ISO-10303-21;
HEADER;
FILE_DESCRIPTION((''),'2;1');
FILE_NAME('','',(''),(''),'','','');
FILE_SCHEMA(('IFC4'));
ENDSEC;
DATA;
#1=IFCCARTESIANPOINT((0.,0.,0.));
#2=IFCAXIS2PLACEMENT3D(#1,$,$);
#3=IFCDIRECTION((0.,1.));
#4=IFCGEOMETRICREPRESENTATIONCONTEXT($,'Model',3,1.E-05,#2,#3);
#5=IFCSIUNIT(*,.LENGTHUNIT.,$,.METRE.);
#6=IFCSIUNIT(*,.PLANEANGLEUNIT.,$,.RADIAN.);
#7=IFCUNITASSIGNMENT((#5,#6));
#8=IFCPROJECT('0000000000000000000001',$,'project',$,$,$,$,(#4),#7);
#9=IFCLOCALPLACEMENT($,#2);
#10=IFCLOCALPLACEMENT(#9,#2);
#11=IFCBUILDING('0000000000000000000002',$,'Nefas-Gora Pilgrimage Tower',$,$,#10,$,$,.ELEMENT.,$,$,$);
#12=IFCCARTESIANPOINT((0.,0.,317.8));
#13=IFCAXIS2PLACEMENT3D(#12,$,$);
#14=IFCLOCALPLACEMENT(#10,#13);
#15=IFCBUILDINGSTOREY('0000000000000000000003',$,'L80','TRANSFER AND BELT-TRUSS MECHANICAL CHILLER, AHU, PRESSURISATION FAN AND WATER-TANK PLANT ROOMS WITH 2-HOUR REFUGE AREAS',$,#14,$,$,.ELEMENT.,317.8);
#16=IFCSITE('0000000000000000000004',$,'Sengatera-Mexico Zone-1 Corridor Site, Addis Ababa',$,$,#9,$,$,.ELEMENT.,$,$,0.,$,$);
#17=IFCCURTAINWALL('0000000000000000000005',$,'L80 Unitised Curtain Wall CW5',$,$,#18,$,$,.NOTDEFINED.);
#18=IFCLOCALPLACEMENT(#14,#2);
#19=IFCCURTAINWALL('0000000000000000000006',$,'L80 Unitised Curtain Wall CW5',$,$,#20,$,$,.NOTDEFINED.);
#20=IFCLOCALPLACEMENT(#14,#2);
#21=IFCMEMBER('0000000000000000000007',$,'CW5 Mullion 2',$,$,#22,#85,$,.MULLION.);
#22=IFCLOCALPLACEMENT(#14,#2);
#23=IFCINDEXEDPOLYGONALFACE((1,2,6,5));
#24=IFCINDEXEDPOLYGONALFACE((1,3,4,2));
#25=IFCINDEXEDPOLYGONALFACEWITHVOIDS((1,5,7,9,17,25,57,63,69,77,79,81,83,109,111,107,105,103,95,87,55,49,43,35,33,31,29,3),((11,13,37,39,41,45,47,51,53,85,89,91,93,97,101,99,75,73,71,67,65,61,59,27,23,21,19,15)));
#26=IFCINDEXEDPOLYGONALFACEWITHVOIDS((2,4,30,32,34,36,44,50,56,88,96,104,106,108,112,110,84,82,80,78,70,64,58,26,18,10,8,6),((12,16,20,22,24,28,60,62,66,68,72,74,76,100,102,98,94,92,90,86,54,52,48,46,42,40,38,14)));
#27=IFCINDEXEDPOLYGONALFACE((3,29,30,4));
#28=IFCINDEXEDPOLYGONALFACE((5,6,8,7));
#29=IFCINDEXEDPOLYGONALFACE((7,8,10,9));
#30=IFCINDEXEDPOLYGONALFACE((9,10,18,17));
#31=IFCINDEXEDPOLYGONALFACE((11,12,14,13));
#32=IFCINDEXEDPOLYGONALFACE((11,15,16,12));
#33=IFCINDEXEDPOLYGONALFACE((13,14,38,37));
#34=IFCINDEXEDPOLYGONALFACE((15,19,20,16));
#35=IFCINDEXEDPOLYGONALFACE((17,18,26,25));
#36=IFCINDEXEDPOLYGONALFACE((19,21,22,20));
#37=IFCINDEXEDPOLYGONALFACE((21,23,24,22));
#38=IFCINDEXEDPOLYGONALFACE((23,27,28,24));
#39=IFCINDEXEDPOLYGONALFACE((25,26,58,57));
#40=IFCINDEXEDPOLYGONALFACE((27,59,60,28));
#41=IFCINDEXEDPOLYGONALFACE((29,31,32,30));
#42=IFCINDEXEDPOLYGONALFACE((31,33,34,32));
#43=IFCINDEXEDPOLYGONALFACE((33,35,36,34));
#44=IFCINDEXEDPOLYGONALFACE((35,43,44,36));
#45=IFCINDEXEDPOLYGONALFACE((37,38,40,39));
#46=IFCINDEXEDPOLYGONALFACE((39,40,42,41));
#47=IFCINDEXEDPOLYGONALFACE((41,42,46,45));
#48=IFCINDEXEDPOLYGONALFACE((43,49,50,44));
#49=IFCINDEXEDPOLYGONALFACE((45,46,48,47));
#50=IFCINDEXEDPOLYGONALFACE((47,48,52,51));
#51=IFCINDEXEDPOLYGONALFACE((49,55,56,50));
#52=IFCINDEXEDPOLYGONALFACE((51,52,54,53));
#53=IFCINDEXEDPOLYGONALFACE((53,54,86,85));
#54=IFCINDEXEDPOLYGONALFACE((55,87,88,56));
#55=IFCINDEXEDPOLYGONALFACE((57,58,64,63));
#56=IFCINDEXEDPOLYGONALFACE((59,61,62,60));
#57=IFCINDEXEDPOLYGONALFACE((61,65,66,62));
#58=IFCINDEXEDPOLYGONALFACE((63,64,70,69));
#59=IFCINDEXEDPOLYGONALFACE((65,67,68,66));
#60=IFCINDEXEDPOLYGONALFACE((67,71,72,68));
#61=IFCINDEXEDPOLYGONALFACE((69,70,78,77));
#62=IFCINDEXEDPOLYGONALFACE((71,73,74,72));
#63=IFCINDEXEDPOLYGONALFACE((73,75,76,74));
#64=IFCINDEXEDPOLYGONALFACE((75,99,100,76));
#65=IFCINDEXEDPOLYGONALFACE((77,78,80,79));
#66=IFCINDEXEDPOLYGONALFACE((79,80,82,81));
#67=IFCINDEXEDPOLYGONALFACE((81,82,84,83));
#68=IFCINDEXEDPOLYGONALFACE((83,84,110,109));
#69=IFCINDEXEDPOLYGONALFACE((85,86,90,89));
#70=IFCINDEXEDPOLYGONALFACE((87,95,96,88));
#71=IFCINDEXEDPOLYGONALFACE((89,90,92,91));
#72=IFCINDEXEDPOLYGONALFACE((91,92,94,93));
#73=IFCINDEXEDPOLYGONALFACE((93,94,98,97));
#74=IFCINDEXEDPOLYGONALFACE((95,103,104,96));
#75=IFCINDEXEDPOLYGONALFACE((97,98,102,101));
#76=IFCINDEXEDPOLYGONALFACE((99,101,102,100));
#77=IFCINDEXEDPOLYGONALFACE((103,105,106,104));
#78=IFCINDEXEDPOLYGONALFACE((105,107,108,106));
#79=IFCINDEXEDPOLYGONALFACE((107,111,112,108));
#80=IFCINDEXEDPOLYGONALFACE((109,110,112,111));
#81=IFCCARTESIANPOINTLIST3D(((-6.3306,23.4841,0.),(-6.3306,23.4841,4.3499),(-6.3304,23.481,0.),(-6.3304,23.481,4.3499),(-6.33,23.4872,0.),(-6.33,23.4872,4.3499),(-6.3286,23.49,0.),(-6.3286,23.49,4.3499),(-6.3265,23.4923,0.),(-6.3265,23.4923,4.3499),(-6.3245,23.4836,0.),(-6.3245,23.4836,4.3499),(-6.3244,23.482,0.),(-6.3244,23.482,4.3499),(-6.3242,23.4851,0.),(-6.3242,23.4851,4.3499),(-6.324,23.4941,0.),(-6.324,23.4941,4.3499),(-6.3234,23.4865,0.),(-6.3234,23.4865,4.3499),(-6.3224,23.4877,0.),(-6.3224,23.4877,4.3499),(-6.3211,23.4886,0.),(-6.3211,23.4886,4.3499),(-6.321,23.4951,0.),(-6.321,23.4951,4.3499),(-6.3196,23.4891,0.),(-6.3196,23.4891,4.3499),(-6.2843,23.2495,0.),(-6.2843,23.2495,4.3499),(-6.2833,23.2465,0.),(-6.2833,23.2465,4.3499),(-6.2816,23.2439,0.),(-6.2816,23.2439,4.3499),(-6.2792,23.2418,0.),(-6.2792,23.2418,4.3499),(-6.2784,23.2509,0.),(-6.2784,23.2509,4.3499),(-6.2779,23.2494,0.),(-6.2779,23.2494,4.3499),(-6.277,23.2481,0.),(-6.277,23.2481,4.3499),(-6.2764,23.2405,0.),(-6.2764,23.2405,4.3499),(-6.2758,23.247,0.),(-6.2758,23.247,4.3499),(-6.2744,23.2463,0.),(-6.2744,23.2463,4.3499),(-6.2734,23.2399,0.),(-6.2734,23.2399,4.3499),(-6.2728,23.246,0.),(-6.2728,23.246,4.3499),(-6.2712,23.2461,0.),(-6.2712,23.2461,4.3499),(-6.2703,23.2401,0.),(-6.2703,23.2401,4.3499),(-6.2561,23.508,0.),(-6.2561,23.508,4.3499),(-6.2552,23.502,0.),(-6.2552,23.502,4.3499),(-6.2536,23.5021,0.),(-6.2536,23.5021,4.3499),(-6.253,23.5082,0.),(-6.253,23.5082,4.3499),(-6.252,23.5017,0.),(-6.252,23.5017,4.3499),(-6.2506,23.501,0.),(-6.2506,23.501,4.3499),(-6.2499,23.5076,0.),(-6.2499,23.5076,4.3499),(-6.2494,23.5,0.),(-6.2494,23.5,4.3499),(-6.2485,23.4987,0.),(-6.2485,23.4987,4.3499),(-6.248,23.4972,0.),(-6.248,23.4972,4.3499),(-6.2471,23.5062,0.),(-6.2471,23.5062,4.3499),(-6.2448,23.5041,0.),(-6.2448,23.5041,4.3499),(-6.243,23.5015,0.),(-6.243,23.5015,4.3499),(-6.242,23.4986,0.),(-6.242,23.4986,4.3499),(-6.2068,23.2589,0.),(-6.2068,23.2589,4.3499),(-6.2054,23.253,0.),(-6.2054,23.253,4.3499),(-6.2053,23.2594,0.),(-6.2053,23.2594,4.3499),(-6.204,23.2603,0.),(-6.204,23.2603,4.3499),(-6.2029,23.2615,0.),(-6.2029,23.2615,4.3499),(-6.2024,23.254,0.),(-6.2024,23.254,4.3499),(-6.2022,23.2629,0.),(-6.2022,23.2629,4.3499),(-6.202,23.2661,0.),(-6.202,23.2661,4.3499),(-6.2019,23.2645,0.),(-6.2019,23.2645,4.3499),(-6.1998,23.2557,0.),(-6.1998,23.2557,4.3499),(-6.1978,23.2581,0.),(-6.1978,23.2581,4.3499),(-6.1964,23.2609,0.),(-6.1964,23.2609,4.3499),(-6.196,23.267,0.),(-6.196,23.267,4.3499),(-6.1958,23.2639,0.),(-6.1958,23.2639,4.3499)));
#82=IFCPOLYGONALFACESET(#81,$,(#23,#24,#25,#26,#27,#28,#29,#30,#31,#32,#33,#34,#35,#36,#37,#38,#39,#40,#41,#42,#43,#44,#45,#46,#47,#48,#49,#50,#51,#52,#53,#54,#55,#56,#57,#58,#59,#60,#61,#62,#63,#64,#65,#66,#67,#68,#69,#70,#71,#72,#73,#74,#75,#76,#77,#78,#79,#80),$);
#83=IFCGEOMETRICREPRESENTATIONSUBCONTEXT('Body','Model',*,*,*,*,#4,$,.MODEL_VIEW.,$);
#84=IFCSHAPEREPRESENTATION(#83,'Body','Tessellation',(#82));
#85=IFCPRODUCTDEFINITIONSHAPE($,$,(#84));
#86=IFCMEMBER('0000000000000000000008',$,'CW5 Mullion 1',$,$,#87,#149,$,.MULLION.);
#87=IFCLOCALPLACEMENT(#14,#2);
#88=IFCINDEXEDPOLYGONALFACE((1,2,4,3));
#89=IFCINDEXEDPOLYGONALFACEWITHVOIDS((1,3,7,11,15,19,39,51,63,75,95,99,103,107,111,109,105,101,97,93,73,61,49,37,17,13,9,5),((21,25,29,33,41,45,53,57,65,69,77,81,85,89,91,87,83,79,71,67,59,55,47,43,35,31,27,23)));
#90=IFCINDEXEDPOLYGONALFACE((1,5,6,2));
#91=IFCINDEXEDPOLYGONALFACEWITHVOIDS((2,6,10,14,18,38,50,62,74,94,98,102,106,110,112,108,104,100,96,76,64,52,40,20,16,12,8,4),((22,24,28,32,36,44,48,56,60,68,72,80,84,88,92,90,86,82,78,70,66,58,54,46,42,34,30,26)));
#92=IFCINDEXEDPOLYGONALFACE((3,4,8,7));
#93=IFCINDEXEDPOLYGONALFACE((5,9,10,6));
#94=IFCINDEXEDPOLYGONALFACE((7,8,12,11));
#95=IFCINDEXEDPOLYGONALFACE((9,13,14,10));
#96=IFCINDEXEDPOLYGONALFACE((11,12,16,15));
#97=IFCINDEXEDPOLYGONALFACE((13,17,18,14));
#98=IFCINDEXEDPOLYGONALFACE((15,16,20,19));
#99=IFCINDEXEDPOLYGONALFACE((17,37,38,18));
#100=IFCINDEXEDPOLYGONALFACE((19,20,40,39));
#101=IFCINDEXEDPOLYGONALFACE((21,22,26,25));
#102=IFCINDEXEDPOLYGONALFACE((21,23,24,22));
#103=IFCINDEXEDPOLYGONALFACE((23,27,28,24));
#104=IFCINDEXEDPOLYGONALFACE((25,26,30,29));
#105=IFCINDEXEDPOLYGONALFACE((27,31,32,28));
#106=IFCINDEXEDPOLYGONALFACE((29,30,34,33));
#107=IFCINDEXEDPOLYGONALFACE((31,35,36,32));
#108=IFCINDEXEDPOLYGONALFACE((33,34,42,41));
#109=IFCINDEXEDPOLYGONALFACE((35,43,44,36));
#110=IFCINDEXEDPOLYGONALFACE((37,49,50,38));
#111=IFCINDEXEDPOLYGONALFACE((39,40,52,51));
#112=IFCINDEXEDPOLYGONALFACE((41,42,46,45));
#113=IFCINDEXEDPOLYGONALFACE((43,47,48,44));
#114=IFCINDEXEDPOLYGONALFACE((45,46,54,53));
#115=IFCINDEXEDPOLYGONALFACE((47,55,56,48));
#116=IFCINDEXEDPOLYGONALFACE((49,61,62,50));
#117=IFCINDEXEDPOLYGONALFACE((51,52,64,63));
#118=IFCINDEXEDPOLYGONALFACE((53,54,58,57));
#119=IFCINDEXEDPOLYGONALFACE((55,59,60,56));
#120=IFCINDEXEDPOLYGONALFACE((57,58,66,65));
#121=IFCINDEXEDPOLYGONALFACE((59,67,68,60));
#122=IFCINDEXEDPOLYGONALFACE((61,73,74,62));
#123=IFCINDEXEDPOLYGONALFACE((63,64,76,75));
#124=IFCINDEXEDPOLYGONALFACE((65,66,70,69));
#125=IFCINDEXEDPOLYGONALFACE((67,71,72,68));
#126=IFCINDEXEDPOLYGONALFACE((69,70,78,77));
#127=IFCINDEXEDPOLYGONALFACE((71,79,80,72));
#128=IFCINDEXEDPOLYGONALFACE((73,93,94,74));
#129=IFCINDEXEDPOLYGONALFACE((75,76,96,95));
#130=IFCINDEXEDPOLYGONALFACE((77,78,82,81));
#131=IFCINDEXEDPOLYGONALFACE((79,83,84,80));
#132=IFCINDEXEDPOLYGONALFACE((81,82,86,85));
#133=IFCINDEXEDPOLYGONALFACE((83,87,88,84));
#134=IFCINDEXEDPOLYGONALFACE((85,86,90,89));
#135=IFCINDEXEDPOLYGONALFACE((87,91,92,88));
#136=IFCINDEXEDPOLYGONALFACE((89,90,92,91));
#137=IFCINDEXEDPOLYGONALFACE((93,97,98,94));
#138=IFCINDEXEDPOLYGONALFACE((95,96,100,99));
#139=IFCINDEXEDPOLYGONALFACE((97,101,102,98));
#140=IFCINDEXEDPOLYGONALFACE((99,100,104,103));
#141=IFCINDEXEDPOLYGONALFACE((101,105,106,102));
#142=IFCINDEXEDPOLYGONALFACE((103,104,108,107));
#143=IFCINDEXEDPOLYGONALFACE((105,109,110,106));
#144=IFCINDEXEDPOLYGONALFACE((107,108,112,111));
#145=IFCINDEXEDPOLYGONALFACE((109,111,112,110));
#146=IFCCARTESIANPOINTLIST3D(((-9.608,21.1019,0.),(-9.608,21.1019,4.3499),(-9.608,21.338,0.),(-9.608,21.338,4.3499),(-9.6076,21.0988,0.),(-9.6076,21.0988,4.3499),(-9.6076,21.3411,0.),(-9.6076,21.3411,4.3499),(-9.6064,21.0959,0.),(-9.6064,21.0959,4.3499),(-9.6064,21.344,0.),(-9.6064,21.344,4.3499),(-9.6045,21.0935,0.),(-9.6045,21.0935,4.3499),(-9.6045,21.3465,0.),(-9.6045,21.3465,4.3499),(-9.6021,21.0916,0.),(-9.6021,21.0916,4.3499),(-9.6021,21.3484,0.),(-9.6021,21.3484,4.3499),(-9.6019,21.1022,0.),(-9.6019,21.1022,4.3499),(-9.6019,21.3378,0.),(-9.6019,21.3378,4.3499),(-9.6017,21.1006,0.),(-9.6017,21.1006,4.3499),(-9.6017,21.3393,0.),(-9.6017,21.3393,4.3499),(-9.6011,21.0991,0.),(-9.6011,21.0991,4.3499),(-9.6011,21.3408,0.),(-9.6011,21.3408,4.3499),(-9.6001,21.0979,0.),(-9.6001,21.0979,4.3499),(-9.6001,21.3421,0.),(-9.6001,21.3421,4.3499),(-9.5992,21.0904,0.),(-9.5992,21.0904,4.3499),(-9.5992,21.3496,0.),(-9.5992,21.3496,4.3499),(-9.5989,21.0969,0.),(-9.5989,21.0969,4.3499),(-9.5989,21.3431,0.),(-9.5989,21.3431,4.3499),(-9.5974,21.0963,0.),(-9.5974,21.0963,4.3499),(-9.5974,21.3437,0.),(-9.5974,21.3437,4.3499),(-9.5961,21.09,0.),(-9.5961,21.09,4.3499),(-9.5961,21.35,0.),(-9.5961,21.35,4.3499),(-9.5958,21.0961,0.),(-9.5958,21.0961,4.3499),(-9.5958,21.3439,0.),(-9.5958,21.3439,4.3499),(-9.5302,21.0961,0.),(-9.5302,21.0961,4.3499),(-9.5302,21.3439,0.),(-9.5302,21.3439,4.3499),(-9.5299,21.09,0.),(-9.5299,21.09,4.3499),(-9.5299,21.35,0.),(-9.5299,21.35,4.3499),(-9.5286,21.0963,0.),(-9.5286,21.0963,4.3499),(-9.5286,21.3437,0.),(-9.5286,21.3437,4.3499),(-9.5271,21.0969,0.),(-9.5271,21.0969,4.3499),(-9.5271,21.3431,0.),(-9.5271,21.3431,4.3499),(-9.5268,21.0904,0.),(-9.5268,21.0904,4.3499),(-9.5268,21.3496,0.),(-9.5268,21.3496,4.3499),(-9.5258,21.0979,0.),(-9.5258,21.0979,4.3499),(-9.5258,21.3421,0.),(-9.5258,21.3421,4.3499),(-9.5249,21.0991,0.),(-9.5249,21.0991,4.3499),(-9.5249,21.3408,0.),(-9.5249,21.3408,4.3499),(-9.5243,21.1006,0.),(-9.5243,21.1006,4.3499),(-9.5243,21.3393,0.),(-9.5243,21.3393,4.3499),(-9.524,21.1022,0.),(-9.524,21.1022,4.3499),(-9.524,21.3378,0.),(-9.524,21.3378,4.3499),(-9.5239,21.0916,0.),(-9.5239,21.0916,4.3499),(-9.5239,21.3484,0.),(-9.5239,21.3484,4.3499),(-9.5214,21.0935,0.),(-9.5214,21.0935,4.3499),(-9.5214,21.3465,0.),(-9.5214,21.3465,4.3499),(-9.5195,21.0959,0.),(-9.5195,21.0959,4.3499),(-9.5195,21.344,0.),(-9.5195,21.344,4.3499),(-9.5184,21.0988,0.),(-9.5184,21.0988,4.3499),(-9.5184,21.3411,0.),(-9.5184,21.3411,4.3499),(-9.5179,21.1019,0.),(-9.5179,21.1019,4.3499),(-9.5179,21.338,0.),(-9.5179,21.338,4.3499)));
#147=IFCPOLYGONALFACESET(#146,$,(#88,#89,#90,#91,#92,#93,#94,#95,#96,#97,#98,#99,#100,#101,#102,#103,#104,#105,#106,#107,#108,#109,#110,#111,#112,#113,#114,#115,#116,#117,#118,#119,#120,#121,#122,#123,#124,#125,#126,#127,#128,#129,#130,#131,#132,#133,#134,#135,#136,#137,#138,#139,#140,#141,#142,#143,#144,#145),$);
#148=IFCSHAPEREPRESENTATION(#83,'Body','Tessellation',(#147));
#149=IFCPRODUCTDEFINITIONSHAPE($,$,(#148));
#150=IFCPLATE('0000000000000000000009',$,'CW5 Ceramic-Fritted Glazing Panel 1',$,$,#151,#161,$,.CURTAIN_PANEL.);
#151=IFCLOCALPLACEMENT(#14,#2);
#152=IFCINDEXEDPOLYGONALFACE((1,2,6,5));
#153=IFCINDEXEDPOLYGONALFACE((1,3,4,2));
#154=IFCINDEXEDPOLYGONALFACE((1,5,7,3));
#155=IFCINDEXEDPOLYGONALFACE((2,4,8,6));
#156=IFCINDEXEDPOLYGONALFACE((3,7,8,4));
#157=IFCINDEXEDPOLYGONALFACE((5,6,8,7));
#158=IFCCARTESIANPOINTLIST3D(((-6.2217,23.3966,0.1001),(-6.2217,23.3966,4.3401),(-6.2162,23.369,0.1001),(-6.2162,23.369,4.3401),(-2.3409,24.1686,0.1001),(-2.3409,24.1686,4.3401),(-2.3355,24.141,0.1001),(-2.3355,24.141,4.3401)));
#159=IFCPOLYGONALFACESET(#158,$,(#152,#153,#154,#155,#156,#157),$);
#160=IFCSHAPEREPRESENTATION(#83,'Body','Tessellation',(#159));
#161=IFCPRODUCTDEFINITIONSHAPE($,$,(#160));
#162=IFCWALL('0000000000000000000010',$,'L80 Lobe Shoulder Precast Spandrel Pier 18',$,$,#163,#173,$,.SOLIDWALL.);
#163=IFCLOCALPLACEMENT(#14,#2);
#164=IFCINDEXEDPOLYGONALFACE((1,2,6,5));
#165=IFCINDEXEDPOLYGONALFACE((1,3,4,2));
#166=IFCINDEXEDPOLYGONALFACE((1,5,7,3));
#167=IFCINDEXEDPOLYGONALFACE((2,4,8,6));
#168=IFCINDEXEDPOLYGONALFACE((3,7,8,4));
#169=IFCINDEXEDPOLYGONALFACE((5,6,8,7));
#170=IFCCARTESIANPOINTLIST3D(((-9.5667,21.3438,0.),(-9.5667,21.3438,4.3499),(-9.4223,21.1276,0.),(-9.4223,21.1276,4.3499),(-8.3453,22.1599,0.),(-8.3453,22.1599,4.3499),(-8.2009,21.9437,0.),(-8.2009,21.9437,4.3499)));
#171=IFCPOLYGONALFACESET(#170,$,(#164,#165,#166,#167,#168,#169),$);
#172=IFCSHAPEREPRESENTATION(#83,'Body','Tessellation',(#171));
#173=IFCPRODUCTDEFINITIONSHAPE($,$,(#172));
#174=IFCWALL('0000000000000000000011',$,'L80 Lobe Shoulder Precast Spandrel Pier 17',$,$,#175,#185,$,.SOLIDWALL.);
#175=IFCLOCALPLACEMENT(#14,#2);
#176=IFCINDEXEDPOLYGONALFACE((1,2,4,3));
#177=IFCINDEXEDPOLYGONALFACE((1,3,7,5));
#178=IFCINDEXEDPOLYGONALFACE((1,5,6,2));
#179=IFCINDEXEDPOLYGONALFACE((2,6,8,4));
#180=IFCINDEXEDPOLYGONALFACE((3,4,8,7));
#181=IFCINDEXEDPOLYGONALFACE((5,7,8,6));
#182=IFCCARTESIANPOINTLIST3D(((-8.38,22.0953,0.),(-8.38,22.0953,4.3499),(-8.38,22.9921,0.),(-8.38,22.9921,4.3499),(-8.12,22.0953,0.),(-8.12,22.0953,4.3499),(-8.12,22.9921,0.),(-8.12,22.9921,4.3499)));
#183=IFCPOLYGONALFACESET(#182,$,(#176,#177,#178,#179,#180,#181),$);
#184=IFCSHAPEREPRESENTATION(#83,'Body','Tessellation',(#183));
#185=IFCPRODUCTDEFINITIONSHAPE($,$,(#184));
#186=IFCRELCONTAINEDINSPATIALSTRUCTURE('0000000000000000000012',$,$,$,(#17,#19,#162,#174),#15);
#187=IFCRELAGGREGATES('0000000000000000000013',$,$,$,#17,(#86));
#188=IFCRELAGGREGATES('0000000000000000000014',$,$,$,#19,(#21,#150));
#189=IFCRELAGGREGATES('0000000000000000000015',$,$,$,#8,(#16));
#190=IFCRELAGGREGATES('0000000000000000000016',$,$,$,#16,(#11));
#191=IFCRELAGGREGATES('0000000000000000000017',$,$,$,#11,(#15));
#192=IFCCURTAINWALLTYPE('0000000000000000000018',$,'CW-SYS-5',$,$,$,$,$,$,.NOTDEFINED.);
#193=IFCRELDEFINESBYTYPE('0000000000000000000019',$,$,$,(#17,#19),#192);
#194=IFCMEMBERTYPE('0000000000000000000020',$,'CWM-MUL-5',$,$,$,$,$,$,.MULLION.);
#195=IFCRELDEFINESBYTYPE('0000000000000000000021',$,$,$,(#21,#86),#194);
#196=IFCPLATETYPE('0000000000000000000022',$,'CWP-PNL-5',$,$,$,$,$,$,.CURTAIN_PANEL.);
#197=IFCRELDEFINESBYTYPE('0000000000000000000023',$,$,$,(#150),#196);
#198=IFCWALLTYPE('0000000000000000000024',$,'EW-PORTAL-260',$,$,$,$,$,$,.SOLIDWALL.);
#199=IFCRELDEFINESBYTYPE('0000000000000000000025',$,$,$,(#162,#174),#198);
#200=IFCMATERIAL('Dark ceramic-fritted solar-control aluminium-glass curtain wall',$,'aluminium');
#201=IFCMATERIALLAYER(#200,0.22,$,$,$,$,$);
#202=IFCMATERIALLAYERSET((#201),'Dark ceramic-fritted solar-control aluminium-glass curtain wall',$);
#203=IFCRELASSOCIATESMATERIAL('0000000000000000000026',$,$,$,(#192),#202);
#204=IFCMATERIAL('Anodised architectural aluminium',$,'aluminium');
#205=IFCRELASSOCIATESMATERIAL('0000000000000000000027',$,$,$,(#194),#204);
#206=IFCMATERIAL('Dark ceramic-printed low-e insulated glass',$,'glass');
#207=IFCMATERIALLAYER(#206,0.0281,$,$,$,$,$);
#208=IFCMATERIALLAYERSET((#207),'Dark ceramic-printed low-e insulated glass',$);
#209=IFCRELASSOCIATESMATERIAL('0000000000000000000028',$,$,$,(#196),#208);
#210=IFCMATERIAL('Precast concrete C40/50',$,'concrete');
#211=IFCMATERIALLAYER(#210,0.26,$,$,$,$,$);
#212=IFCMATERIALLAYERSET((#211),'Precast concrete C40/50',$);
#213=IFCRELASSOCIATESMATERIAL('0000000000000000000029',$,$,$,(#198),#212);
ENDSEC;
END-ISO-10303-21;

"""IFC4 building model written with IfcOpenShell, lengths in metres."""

from ifc_helpers import new_model, si_unit, direction, frame, frame_2d, origin, origin_2d, place, context, subcontext, project, spatial, rectangle, hollow_rectangle, extrude, source, transform, mapped, material, layer, layer_set, material_profile, profile_set, type_object, element, aggregate, save


model = new_model("IFC4")

# Units and contexts
model_context = context("Model", 3, precision=1e-05, world=origin(), true_north=direction((0.0, 1.0)))
body_context = subcontext(model_context, "Body", "Model", "MODEL_VIEW")
ifc_project = project(units=[si_unit("LENGTHUNIT", "METRE"), si_unit("PLANEANGLEUNIT", "RADIAN")], contexts=[model_context])

# Site, building, storey
site_placement = place(None, origin())
site = spatial("IfcSite", under=ifc_project, at=site_placement, Name="Sengatera-Mexico Zone-1 Corridor Site, Addis Ababa", CompositionType="ELEMENT", RefElevation=0.0)
building_placement = place(site_placement, origin())
building = spatial("IfcBuilding", under=site, at=building_placement, Name="Nefas-Gora Pilgrimage Tower", CompositionType="ELEMENT")
storey_placement = place(building_placement, frame((0.0, 0.0, 317.8)))
storey = spatial("IfcBuildingStorey", under=building, at=storey_placement, Name="L80", Description="TRANSFER AND BELT-TRUSS MECHANICAL CHILLER, AHU, PRESSURISATION FAN AND WATER-TANK PLANT ROOMS WITH 2-HOUR REFUGE AREAS", CompositionType="ELEMENT", Elevation=317.8)

# Curtain wall
ifc_material_1 = material(Name="Dark ceramic-fritted solar-control aluminium-glass curtain wall", Category="aluminium")
ifc_layer_1 = layer(ifc_material_1, 0.22)
ifc_layer_set_1 = layer_set([ifc_layer_1], Name="Dark ceramic-fritted solar-control aluminium-glass curtain wall")
curtain_wall_type = type_object("IfcCurtainWallType", Name="CW-SYS-5", PredefinedType="NOTDEFINED", material=ifc_layer_set_1)
curtain_wall_1_placement = place(storey_placement, origin())
curtain_wall_1 = element("IfcCurtainWall", 1, at=curtain_wall_1_placement, inside=storey, type_object=curtain_wall_type, Name="L80 Unitised Curtain Wall CW5", PredefinedType="NOTDEFINED")
ifc_material_2 = material(Name="Anodised architectural aluminium", Category="aluminium")

# Curtain wall, member
curtain_wall_2_placement = place(storey_placement, origin())
curtain_wall_2 = element("IfcCurtainWall", 2, at=curtain_wall_2_placement, inside=storey, type_object=curtain_wall_type, Name="L80 Unitised Curtain Wall CW5", PredefinedType="NOTDEFINED")
ifc_material_profile_1 = material_profile(ifc_material_2, hollow_rectangle(XDim=0.0901, YDim=0.26, WallThickness=0.0061, InnerFilletRadius=0.0061, OuterFilletRadius=0.012, at=origin_2d()), Name="ALU MULLION 90x260")
ifc_profile_set_1 = profile_set([ifc_material_profile_1], Name="Anodised architectural aluminium")
member_type_1 = type_object("IfcMemberType", Name="CWM-MUL-5", PredefinedType="MULLION", material=ifc_profile_set_1)
shared_shape_1 = source(origin(), body_context, "Body", "SweptSolid", [
    extrude(hollow_rectangle(XDim=0.0901, YDim=0.26, WallThickness=0.0061, InnerFilletRadius=0.0061, OuterFilletRadius=0.012, at=origin_2d()), origin(), (0.0, 0.0, 1.0), 4.3499),
])
member_1_placement = place(storey_placement, frame((-6.2632, 23.374, 0.0), z_axis=(0.0, 0.0, 1.0), x_axis=(-0.980783, -0.195102, 0.0)))
member_1 = element("IfcMember", 3, at=member_1_placement, type_object=member_type_1, Name="CW5 Mullion 2", PredefinedType="MULLION", context=body_context, shape_type="MappedRepresentation", body=[
    mapped(shared_shape_1, transform((0.0, 0.0, 0.0), x_axis=(1.0, 0.0, 0.0), y_axis=(0.0, 1.0, 0.0), z_axis=(0.0, 0.0, 1.0), scale=1.0)),
])

# Member
member_2_placement = place(storey_placement, frame((-9.563, 21.22, 0.0), z_axis=(0.0, 0.0, 1.0), x_axis=(-1.0, 0.0, 0.0)))
member_2 = element("IfcMember", 4, at=member_2_placement, type_object=member_type_1, Name="CW5 Mullion 1", PredefinedType="MULLION", context=body_context, shape_type="MappedRepresentation", body=[
    mapped(shared_shape_1, transform((0.0, 0.0, 0.0), x_axis=(1.0, 0.0, 0.0), y_axis=(0.0, 1.0, 0.0), z_axis=(0.0, 0.0, 1.0), scale=1.0)),
])
aggregate(curtain_wall_1, [member_2])

# Plate
ifc_material_3 = material(Name="Dark ceramic-printed low-e insulated glass", Category="glass")
ifc_layer_2 = layer(ifc_material_3, 0.0281)
ifc_layer_set_2 = layer_set([ifc_layer_2], Name="Dark ceramic-printed low-e insulated glass")
plate_type = type_object("IfcPlateType", Name="CWP-PNL-5", PredefinedType="CURTAIN_PANEL", material=ifc_layer_set_2)
shared_shape_2 = source(origin(), body_context, "Body", "SweptSolid", [
    extrude(rectangle(XDim=3.9568, YDim=0.0281, at=origin_2d()), origin(), (0.0, 0.0, 1.0), 4.24),
])
plate_placement = place(storey_placement, frame((-4.2786, 23.7688, 0.1001), z_axis=(0.0, 0.0, 1.0), x_axis=(-0.980783, -0.195102, 0.0)))
plate = element("IfcPlate", 5, at=plate_placement, type_object=plate_type, Name="CW5 Ceramic-Fritted Glazing Panel 1", PredefinedType="CURTAIN_PANEL", context=body_context, shape_type="MappedRepresentation", body=[
    mapped(shared_shape_2, transform((0.0, 0.0, 0.0), x_axis=(1.0, 0.0, 0.0), y_axis=(0.0, 1.0, 0.0), z_axis=(0.0, 0.0, 1.0), scale=1.0)),
])
aggregate(curtain_wall_2, [member_1, plate])

# Walls
ifc_material_4 = material(Name="Precast concrete C40/50", Category="concrete")
ifc_layer_3 = layer(ifc_material_4, 0.26)
ifc_layer_set_3 = layer_set([ifc_layer_3], Name="Precast concrete C40/50")
wall_type_1 = type_object("IfcWallType", Name="EW-PORTAL-260", PredefinedType="SOLIDWALL", material=ifc_layer_set_3)
shared_shape_3 = source(origin(), body_context, "Body", "SweptSolid", [
    extrude(rectangle(XDim=1.469, YDim=0.26, at=frame_2d((0.7344, 0.0))), origin(), (0.0, 0.0, 1.0), 4.3499),
])
wall_1_placement = place(storey_placement, frame((-8.2732, 22.0518, 0.0), z_axis=(0.0, 0.0, 1.0), x_axis=(-0.831462, -0.555582, 0.0)))
element("IfcWall", 6, at=wall_1_placement, inside=storey, type_object=wall_type_1, Name="L80 Lobe Shoulder Precast Spandrel Pier 18", PredefinedType="SOLIDWALL", context=body_context, shape_type="MappedRepresentation", body=[
    mapped(shared_shape_3, transform((0.0, 0.0, 0.0), x_axis=(1.0, 0.0, 0.0), y_axis=(0.0, 1.0, 0.0), z_axis=(0.0, 0.0, 1.0), scale=1.0)),
])
shared_shape_4 = source(origin(), body_context, "Body", "SweptSolid", [
    extrude(rectangle(XDim=0.8967, YDim=0.26, at=frame_2d((0.4482, 0.0))), origin(), (0.0, 0.0, 1.0), 4.3499),
])
wall_2_placement = place(storey_placement, frame((-8.25, 22.9919, 0.0), z_axis=(0.0, 0.0, 1.0), x_axis=(0.0, -1.0, 0.0)))
element("IfcWall", 7, at=wall_2_placement, inside=storey, type_object=wall_type_1, Name="L80 Lobe Shoulder Precast Spandrel Pier 17", PredefinedType="SOLIDWALL", context=body_context, shape_type="MappedRepresentation", body=[
    mapped(shared_shape_4, transform((0.0, 0.0, 0.0), x_axis=(1.0, 0.0, 0.0), y_axis=(0.0, 1.0, 0.0), z_axis=(0.0, 0.0, 1.0), scale=1.0)),
])

save(model, "model.ifc")
